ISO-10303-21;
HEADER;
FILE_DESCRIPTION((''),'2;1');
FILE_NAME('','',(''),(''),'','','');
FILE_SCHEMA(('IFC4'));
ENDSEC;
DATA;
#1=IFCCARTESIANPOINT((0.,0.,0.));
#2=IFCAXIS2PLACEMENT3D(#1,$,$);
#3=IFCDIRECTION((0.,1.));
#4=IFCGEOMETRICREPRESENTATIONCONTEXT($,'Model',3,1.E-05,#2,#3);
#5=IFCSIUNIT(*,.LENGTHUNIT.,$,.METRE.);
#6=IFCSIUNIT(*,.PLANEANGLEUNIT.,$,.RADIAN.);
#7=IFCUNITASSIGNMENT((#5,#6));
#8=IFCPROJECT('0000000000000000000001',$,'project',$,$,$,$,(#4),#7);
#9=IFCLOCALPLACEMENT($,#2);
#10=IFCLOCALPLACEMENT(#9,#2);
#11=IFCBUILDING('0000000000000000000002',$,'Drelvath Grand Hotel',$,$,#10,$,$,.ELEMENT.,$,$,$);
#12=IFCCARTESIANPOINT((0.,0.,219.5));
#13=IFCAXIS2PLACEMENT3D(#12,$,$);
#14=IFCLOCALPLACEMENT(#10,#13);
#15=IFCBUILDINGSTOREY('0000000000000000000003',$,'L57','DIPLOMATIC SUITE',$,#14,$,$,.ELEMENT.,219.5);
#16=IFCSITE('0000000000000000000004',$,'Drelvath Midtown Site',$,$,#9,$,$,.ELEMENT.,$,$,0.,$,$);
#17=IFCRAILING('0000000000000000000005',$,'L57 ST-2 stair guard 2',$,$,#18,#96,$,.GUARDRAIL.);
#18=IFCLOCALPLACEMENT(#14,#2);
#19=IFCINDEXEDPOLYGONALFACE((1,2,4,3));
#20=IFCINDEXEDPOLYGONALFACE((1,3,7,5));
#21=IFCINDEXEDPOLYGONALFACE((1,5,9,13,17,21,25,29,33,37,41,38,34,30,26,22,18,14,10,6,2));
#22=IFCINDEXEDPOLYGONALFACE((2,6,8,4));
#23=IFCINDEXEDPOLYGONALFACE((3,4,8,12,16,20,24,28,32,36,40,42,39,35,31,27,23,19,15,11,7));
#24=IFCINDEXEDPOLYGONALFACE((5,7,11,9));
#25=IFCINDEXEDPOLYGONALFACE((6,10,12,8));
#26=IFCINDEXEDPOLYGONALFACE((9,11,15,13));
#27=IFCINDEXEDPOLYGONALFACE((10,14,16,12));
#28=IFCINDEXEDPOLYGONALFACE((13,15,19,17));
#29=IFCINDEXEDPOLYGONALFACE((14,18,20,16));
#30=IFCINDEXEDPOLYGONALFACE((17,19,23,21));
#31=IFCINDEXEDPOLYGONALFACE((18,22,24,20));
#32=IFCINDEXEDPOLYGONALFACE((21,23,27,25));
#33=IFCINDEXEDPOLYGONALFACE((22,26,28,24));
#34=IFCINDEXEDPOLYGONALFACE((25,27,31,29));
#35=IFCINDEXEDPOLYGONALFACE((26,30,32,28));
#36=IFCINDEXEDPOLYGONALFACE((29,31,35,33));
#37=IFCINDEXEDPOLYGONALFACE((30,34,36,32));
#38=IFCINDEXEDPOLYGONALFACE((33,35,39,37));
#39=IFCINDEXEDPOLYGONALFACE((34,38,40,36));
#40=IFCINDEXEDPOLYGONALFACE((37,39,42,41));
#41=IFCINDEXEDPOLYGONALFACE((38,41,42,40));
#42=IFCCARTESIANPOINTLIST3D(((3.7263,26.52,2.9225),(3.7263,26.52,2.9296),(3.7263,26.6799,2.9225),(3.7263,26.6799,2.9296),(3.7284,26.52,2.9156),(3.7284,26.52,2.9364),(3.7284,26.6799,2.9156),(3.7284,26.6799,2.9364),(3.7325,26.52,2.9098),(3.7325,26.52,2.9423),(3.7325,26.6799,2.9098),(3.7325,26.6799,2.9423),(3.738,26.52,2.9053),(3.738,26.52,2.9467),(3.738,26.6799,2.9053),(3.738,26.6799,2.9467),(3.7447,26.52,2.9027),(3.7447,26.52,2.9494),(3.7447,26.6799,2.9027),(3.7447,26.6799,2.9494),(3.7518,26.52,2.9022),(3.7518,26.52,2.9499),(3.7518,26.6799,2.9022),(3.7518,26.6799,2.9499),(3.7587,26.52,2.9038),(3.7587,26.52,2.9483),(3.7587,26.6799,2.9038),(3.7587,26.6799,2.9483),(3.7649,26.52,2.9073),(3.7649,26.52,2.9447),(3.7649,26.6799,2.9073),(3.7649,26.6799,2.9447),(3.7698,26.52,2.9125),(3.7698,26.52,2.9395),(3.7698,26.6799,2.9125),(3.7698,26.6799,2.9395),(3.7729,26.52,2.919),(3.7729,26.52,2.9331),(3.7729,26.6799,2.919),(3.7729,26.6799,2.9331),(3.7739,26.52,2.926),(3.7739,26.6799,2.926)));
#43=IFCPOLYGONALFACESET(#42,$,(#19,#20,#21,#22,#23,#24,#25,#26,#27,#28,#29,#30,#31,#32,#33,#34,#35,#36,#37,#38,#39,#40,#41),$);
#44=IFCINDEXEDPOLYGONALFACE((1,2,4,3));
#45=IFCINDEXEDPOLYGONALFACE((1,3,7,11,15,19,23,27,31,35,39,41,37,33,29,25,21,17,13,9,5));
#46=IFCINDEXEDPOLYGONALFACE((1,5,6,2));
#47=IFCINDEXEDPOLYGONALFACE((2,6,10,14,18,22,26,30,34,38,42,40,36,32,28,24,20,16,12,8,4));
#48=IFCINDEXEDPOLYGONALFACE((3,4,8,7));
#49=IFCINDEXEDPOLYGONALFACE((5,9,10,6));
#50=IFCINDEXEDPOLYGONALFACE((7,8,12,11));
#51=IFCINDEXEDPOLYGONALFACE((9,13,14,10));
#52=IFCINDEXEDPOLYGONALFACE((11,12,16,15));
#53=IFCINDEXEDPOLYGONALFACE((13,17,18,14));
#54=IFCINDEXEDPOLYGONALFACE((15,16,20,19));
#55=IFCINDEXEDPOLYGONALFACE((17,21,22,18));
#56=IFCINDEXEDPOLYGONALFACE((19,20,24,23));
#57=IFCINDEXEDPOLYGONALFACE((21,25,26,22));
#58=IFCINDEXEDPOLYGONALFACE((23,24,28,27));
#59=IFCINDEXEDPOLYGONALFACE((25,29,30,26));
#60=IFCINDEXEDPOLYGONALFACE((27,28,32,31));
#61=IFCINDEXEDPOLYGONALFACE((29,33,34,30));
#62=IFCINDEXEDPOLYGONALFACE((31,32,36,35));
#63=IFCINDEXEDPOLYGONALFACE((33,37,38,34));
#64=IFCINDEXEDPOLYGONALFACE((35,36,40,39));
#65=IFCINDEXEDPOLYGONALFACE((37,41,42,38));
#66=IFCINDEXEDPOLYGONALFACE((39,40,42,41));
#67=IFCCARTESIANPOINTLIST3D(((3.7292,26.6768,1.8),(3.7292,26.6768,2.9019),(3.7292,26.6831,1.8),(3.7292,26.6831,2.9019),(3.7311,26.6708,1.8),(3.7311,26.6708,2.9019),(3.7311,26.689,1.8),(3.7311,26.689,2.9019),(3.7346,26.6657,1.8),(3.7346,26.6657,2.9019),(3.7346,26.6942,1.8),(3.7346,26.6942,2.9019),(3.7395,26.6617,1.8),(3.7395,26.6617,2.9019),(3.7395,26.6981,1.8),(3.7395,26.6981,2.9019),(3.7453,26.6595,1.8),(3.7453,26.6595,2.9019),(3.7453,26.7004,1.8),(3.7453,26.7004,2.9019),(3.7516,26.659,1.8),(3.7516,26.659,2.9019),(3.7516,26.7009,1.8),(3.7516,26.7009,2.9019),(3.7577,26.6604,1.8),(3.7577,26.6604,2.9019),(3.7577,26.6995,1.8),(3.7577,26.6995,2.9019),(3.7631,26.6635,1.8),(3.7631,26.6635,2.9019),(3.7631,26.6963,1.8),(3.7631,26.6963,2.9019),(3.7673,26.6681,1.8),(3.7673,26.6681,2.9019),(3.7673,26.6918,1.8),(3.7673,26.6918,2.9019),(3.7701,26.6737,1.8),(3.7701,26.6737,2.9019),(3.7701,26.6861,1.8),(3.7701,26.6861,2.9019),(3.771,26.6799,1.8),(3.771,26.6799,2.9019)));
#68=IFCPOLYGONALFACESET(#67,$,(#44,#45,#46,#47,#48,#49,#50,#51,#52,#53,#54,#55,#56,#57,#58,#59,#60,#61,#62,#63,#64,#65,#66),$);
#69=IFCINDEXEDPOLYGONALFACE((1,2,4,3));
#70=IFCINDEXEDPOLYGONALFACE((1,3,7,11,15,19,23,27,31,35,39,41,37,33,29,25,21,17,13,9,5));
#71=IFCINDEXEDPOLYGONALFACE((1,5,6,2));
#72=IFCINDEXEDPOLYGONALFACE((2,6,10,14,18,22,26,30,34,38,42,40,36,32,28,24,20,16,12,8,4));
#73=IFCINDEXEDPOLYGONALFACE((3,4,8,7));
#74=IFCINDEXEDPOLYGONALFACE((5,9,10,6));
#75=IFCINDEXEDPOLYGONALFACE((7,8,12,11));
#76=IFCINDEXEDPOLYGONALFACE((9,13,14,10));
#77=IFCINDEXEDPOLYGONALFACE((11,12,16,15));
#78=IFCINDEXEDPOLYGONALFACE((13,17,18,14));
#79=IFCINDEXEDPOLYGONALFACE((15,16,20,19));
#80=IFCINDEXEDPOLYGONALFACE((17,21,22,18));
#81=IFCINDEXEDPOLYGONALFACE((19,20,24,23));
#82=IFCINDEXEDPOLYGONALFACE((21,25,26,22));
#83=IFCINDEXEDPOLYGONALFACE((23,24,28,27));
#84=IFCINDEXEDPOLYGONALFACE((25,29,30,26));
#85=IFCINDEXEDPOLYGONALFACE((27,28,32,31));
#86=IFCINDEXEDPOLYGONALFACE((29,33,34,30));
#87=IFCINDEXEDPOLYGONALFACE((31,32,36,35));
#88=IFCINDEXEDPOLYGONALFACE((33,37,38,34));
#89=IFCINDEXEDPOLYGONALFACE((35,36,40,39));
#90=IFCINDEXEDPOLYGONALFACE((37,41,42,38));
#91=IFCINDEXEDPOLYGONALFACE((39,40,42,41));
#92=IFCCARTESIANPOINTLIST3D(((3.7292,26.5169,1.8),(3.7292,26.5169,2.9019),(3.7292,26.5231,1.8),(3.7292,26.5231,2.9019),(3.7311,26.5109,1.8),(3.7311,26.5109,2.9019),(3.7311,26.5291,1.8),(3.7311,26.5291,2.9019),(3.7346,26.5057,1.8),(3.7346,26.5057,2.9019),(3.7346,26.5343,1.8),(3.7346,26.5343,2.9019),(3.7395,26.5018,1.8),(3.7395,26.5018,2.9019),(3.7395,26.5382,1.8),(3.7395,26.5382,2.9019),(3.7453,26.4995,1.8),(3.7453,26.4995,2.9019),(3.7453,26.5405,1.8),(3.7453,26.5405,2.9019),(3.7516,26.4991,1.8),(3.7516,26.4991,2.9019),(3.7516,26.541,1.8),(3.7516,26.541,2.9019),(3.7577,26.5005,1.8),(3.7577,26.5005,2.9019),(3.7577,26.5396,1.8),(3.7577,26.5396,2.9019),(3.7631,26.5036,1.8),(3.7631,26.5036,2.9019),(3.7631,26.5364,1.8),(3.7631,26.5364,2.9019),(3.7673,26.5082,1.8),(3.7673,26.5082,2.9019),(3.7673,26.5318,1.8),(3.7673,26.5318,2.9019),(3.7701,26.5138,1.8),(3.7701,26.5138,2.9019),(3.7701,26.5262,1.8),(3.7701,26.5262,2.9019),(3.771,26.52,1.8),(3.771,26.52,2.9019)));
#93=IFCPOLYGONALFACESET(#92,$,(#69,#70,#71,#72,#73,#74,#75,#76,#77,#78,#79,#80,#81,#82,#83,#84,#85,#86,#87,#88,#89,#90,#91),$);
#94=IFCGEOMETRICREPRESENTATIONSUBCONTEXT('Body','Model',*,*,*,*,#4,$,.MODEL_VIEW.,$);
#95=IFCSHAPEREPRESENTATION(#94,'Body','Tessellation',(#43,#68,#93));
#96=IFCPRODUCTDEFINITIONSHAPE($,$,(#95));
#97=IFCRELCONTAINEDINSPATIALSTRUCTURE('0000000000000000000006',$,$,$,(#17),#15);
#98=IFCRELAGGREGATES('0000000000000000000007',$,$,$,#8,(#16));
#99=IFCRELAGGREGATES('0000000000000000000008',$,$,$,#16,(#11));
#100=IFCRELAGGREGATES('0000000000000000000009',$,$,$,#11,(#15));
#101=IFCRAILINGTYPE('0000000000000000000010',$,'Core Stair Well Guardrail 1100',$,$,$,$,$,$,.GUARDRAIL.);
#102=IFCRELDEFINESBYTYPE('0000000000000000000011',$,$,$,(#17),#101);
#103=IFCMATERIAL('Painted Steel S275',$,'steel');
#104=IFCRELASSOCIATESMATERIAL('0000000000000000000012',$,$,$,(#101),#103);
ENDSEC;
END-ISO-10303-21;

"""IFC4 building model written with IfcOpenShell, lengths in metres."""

from ifc_helpers import new_model, si_unit, direction, frame, origin, origin_2d, place, context, subcontext, project, spatial, circle, extrude, material, type_object, element, save


model = new_model("IFC4")

# Units and contexts
model_context = context("Model", 3, precision=1e-05, world=origin(), true_north=direction((0.0, 1.0)))
body_context = subcontext(model_context, "Body", "Model", "MODEL_VIEW")
ifc_project = project(units=[si_unit("LENGTHUNIT", "METRE"), si_unit("PLANEANGLEUNIT", "RADIAN")], contexts=[model_context])

# Site, building, storey
site_placement = place(None, origin())
site = spatial("IfcSite", under=ifc_project, at=site_placement, Name="Drelvath Midtown Site", CompositionType="ELEMENT", RefElevation=0.0)
building_placement = place(site_placement, origin())
building = spatial("IfcBuilding", under=site, at=building_placement, Name="Drelvath Grand Hotel", CompositionType="ELEMENT")
storey_placement = place(building_placement, frame((0.0, 0.0, 219.5)))
storey = spatial("IfcBuildingStorey", under=building, at=storey_placement, Name="L57", Description="DIPLOMATIC SUITE", CompositionType="ELEMENT", Elevation=219.5)

# Railing
ifc_material_1 = material(Name="Painted Steel S275", Category="steel")
railing_type_1 = type_object("IfcRailingType", Name="Core Stair Well Guardrail 1100", PredefinedType="GUARDRAIL", material=ifc_material_1)
railing_1_placement = place(storey_placement, frame((3.75, 26.6799, 1.8)))
element("IfcRailing", 1, at=railing_1_placement, inside=storey, type_object=railing_type_1, Name="L57 ST-2 stair guard 2", PredefinedType="GUARDRAIL", context=body_context, shape_type="SweptSolid", body=[
    extrude(circle(Radius=0.0239, at=origin_2d()), frame((0.0, 0.0, 1.126), z_axis=(0.0, -1.0, 0.0), x_axis=(1.0, 0.0, 0.0)), (0.0, 0.0, 1.0), 0.1599),
    extrude(circle(Radius=0.021, at=origin_2d()), origin(), (0.0, 0.0, 1.0), 1.1018),
    extrude(circle(Radius=0.021, at=origin_2d()), frame((0.0, -0.1599, 0.0)), (0.0, 0.0, 1.0), 1.1018),
])

save(model, "model.ifc")
